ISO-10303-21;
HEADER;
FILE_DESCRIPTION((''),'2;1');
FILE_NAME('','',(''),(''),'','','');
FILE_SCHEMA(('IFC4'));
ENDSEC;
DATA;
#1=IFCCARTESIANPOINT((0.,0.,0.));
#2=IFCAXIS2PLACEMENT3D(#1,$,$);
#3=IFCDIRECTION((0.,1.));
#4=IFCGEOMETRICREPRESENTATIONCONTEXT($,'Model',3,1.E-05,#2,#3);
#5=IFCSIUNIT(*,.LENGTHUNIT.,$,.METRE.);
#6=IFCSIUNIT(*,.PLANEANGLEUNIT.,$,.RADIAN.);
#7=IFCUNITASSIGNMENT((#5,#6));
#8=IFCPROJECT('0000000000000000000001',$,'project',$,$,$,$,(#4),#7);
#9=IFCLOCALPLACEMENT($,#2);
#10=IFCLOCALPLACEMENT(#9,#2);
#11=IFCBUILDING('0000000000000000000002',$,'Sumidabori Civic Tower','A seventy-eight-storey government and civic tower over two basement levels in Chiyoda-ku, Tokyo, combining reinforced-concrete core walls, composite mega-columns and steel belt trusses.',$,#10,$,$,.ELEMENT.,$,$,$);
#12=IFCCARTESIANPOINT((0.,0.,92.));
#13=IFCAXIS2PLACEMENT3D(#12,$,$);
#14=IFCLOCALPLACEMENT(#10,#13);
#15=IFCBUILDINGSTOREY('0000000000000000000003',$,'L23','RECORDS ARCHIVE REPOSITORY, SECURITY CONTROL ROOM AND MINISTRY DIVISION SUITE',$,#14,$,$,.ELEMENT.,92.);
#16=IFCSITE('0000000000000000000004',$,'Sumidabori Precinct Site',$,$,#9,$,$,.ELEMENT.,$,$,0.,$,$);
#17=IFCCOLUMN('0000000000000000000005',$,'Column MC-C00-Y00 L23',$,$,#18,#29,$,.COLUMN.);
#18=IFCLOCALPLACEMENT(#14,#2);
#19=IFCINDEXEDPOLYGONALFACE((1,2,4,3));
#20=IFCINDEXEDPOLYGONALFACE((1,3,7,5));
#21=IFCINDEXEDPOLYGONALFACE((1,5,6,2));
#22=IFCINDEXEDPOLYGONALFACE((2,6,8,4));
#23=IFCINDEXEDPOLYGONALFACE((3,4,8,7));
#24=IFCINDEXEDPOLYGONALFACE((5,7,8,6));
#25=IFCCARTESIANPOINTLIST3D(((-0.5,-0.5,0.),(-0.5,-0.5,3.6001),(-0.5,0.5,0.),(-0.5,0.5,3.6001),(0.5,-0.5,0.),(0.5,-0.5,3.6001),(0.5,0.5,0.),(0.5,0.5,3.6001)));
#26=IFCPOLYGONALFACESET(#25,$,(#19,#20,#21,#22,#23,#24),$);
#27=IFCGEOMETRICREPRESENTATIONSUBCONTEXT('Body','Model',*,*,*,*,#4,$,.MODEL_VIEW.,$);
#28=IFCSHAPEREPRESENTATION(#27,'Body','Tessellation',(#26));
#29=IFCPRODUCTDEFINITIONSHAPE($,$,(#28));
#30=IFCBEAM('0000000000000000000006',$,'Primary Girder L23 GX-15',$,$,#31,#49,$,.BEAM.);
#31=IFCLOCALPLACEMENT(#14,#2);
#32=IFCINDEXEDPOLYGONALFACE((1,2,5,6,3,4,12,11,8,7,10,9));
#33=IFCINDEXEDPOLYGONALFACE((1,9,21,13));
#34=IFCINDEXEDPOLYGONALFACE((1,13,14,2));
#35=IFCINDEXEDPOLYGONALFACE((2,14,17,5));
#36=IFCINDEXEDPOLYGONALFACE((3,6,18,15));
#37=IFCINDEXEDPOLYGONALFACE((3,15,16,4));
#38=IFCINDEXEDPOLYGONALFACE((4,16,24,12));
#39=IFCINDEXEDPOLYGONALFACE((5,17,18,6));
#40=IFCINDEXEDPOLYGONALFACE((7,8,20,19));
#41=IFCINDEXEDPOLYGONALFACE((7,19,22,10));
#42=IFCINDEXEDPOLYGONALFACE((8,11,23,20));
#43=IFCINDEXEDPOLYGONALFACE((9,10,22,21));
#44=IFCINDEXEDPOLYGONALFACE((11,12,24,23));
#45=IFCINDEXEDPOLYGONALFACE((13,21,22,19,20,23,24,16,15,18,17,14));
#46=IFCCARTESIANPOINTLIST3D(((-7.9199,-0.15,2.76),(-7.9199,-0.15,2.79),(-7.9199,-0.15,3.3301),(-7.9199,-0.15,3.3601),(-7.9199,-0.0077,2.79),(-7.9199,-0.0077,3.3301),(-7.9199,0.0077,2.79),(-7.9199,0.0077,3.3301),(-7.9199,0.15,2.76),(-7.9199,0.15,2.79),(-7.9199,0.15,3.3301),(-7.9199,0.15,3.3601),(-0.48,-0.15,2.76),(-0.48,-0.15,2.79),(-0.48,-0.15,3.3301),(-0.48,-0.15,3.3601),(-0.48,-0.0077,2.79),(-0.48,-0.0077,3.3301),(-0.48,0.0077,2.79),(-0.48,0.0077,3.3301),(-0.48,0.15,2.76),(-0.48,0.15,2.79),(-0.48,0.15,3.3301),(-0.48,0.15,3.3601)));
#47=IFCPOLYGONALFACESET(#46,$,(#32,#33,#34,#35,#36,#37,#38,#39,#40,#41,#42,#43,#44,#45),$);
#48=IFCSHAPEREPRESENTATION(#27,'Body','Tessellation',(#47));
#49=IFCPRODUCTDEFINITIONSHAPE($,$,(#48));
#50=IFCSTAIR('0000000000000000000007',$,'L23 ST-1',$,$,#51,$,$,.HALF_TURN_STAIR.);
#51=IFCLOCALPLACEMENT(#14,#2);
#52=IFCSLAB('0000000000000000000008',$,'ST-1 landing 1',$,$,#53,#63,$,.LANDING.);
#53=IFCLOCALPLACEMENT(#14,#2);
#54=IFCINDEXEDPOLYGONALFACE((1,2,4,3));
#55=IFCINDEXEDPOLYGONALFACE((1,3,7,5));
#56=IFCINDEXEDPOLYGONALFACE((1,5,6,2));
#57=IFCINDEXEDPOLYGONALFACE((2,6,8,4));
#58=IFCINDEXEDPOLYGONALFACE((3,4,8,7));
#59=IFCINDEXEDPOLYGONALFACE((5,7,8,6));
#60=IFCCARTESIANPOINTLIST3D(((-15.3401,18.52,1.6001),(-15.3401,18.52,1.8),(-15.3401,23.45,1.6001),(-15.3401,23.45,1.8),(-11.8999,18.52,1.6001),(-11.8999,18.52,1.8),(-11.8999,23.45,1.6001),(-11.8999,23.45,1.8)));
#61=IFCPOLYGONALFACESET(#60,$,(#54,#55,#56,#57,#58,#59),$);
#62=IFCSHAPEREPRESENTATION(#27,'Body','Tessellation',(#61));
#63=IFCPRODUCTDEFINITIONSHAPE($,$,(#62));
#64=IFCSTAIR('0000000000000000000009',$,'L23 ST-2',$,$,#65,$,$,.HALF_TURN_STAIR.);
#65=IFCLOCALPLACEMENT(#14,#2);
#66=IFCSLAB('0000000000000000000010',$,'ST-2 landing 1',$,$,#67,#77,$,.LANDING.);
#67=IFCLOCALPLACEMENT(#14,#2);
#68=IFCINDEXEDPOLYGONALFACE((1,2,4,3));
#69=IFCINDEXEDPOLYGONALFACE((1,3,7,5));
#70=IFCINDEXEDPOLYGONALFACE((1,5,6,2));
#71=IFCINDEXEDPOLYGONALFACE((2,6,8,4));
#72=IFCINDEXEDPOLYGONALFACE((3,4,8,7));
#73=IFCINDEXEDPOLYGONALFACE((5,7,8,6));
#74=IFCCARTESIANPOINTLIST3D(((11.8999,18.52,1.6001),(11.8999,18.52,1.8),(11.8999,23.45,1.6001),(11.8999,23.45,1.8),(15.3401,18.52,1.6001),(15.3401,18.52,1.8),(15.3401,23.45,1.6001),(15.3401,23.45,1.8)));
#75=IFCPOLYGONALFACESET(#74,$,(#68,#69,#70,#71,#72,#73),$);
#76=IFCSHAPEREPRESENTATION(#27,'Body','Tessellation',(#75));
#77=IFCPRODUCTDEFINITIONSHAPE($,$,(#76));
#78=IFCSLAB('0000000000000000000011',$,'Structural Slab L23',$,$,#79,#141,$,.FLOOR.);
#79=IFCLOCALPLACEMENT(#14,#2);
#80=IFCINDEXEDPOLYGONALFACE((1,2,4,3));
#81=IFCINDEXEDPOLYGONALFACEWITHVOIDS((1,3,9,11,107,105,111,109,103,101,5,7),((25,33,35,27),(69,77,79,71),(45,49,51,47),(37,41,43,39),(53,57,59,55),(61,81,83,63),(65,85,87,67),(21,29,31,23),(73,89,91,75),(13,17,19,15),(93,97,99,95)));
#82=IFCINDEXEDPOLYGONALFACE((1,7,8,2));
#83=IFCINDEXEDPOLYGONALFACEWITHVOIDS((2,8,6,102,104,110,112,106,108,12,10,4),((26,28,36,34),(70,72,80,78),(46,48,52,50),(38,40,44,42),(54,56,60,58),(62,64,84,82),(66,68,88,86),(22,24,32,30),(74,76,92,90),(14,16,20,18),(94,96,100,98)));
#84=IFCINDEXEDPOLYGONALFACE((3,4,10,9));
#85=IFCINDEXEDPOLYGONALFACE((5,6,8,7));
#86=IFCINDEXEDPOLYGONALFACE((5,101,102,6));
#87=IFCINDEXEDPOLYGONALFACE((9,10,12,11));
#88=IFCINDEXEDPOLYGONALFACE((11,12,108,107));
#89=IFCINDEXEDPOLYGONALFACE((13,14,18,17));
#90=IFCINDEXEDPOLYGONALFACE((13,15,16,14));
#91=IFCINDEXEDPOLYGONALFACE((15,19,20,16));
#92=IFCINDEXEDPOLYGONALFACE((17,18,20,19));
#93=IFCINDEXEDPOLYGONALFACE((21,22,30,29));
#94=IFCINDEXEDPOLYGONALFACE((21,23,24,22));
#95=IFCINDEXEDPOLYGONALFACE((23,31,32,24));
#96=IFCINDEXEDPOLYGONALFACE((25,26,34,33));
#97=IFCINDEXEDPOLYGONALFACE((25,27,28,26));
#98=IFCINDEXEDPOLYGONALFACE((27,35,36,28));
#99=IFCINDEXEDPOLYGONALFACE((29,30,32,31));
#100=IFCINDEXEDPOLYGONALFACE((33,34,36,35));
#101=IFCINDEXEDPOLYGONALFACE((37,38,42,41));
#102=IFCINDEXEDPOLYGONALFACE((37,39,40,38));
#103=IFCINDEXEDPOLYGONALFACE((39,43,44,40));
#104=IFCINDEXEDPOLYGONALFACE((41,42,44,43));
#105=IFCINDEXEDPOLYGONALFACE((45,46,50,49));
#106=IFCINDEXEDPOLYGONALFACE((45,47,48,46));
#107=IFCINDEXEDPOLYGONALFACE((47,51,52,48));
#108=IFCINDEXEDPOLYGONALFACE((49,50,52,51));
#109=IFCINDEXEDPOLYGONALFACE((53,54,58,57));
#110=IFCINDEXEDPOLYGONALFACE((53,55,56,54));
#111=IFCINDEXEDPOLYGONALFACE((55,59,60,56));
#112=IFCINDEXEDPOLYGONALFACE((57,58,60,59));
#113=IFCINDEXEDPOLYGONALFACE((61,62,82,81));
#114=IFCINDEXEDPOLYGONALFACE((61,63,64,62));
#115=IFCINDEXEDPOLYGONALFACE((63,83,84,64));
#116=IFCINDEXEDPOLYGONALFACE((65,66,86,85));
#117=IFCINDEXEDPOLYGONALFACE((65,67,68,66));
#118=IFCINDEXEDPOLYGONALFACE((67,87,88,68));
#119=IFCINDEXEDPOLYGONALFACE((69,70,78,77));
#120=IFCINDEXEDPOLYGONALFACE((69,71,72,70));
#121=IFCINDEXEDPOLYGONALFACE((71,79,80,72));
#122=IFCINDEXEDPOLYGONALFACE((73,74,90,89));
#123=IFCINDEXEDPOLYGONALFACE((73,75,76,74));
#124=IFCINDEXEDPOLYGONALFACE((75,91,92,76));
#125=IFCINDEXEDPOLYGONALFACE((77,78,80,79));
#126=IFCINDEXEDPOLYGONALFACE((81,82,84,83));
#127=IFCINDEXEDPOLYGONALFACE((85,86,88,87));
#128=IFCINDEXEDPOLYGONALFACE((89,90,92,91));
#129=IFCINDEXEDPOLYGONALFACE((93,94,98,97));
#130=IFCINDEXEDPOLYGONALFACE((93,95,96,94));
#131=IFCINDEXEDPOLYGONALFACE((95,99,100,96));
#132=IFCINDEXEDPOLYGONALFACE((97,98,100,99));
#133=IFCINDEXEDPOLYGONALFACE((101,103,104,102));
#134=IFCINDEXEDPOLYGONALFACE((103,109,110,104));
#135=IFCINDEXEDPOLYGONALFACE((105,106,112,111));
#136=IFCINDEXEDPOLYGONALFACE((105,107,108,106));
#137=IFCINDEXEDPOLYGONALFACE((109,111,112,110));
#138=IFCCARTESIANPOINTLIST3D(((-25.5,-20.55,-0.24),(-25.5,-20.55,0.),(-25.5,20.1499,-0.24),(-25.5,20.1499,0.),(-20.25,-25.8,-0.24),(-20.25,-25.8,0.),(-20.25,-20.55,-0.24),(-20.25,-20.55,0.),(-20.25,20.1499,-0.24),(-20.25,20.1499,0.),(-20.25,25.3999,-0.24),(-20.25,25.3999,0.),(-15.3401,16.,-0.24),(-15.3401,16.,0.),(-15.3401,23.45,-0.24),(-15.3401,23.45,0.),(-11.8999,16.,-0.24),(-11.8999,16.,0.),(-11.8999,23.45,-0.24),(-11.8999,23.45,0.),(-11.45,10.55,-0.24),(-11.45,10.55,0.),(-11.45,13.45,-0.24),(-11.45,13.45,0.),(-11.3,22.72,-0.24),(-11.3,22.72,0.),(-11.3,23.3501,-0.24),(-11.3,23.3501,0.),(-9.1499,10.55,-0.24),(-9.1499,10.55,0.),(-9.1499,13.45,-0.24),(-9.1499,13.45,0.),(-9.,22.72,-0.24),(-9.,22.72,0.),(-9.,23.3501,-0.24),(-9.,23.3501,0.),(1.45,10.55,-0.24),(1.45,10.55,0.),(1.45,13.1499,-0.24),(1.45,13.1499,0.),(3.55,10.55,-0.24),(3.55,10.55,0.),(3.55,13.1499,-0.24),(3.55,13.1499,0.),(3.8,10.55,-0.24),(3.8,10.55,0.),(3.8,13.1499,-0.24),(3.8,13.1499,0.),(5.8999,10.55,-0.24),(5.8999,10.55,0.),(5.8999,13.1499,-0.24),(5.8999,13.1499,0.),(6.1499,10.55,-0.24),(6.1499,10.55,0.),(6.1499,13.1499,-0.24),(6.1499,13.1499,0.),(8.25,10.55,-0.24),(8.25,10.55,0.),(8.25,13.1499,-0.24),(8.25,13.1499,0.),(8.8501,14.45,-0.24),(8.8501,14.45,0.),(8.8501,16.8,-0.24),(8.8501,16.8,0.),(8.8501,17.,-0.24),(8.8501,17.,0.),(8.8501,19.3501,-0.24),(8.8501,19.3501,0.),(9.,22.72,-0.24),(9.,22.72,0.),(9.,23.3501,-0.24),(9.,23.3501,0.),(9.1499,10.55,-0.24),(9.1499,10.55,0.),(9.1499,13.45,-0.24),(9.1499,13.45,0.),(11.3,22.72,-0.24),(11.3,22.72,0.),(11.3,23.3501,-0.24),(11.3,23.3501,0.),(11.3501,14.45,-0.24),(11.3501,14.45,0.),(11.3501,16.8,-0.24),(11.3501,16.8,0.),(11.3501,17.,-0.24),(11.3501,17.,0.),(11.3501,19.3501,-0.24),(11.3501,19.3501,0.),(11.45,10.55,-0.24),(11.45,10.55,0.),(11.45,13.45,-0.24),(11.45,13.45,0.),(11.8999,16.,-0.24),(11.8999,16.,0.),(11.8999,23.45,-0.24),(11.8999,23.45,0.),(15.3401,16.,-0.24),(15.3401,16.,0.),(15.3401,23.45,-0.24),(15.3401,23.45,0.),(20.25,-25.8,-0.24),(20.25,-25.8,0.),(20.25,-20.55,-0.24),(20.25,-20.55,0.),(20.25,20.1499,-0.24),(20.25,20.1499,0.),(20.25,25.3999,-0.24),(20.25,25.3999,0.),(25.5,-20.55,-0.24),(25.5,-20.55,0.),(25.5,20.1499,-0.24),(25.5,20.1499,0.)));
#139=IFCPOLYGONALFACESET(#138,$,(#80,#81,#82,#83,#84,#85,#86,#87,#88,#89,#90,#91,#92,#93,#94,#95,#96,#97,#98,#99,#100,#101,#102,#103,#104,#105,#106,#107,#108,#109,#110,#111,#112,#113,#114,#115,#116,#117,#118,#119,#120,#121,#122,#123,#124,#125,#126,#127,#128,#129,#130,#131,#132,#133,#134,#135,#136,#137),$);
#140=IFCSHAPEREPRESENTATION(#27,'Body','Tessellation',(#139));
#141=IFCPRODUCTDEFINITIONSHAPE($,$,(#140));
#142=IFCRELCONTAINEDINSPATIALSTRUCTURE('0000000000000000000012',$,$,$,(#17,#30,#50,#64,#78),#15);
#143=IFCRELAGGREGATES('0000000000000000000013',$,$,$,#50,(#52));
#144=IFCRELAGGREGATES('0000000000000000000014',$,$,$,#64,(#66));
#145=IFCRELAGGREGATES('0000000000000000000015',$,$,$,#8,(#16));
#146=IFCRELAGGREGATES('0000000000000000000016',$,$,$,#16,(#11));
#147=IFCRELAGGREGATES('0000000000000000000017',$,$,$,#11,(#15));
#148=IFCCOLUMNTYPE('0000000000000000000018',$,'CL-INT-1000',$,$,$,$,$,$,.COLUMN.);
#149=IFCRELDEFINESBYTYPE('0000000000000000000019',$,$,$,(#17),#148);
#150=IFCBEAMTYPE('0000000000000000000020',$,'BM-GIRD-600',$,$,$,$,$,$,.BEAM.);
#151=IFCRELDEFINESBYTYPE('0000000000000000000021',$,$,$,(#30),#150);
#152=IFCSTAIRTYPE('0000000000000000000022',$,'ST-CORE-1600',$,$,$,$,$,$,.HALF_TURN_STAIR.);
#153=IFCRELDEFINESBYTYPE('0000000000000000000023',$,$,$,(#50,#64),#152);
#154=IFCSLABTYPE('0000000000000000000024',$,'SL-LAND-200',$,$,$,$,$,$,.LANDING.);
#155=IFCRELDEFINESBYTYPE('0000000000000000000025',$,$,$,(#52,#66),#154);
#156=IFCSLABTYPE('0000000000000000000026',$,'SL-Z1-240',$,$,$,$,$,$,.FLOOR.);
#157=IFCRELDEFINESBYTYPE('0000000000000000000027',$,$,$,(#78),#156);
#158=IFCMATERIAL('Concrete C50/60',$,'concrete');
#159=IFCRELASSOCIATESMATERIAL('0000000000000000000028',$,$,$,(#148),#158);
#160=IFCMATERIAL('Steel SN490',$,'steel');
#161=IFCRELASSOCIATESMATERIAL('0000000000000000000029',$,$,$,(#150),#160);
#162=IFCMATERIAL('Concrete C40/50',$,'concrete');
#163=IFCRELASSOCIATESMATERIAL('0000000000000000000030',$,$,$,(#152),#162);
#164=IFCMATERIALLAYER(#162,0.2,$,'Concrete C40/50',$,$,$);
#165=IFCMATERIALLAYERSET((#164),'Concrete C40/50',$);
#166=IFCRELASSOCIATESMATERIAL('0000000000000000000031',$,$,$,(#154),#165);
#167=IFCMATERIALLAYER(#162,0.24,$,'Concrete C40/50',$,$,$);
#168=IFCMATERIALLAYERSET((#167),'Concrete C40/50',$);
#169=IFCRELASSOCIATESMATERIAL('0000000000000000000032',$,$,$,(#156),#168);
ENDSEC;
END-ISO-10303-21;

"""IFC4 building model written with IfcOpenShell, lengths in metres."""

from ifc_helpers import new_model, si_unit, direction, frame, origin, origin_with_axes, origin_2d, place, context, subcontext, project, spatial, polyline, rectangle, i_section, outline, extrude, source, transform, mapped, material, layer, layer_set, material_profile, profile_set, type_object, element, aggregate, save


model = new_model("IFC4")

# Units and contexts
model_context = context("Model", 3, precision=1e-05, world=origin(), true_north=direction((0.0, 1.0)))
body_context = subcontext(model_context, "Body", "Model", "MODEL_VIEW")
ifc_project = project(units=[si_unit("LENGTHUNIT", "METRE"), si_unit("PLANEANGLEUNIT", "RADIAN")], contexts=[model_context])

# Site, building, storey
site_placement = place(None, origin())
site = spatial("IfcSite", under=ifc_project, at=site_placement, Name="Sumidabori Precinct Site", CompositionType="ELEMENT", RefElevation=0.0)
building_placement = place(site_placement, origin())
building = spatial("IfcBuilding", under=site, at=building_placement, Name="Sumidabori Civic Tower", Description="A seventy-eight-storey government and civic tower over two basement levels in Chiyoda-ku, Tokyo, combining reinforced-concrete core walls, composite mega-columns and steel belt trusses.", CompositionType="ELEMENT")
storey_placement = place(building_placement, frame((0.0, 0.0, 92.0)))
storey = spatial("IfcBuildingStorey", under=building, at=storey_placement, Name="L23", Description="RECORDS ARCHIVE REPOSITORY, SECURITY CONTROL ROOM AND MINISTRY DIVISION SUITE", CompositionType="ELEMENT", Elevation=92.0)

# Column
ifc_material_1 = material(Name="Concrete C50/60", Category="concrete")
ifc_material_profile_1 = material_profile(ifc_material_1, rectangle(XDim=1.0, YDim=1.0, at=origin_2d()), Name="RC 1000x1000")
ifc_profile_set_1 = profile_set([ifc_material_profile_1], Name="Concrete C50/60")
column_type = type_object("IfcColumnType", Name="CL-INT-1000", PredefinedType="COLUMN", material=ifc_profile_set_1)
shared_shape_1 = source(origin(), body_context, "Body", "SweptSolid", [
    extrude(rectangle(XDim=1.0, YDim=1.0, at=origin_2d()), origin(), (0.0, 0.0, 1.0), 3.6001),
])
column_placement = place(storey_placement, origin_with_axes())
element("IfcColumn", 1, at=column_placement, inside=storey, type_object=column_type, Name="Column MC-C00-Y00 L23", PredefinedType="COLUMN", context=body_context, shape_type="MappedRepresentation", body=[
    mapped(shared_shape_1, transform((0.0, 0.0, 0.0), x_axis=(1.0, 0.0, 0.0), y_axis=(0.0, 1.0, 0.0), z_axis=(0.0, 0.0, 1.0), scale=1.0)),
])

# Beam
ifc_material_2 = material(Name="Steel SN490", Category="steel")
ifc_material_profile_2 = material_profile(ifc_material_2, i_section(OverallWidth=0.3, OverallDepth=0.6001, WebThickness=0.0154, FlangeThickness=0.03, at=origin_2d()), Name="HE 600 B")
ifc_profile_set_2 = profile_set([ifc_material_profile_2], Name="Steel SN490")
beam_type = type_object("IfcBeamType", Name="BM-GIRD-600", PredefinedType="BEAM", material=ifc_profile_set_2)
shared_shape_2 = source(origin(), body_context, "Body", "SweptSolid", [
    extrude(i_section(OverallWidth=0.3, OverallDepth=0.6001, WebThickness=0.0154, FlangeThickness=0.03, at=origin_2d()), origin(), (0.0, 0.0, 1.0), 7.4399),
])
beam_placement = place(storey_placement, frame((-7.9199, 0.0, 3.0601), z_axis=(1.0, 0.0, 0.0), x_axis=(0.0, 1.0, 0.0)))
element("IfcBeam", 2, at=beam_placement, inside=storey, type_object=beam_type, Name="Primary Girder L23 GX-15", PredefinedType="BEAM", context=body_context, shape_type="MappedRepresentation", body=[
    mapped(shared_shape_2, transform((0.0, 0.0, 0.0), x_axis=(1.0, 0.0, 0.0), y_axis=(0.0, 1.0, 0.0), z_axis=(0.0, 0.0, 1.0), scale=1.0)),
])

# Stairs, slabs
ifc_material_3 = material(Name="Concrete C40/50", Category="concrete")
stair_type = type_object("IfcStairType", Name="ST-CORE-1600", PredefinedType="HALF_TURN_STAIR", material=ifc_material_3)
stair_1_placement = place(storey_placement, origin())
stair_1 = element("IfcStair", 3, at=stair_1_placement, inside=storey, type_object=stair_type, Name="L23 ST-1", PredefinedType="HALF_TURN_STAIR")
ifc_layer_1 = layer(ifc_material_3, 0.2, Name="Concrete C40/50")
ifc_layer_set_1 = layer_set([ifc_layer_1], Name="Concrete C40/50")
slab_type_1 = type_object("IfcSlabType", Name="SL-LAND-200", PredefinedType="LANDING", material=ifc_layer_set_1)
slab_1_placement = place(storey_placement, frame((0.0, 0.0, 1.6001)))
slab_1 = element("IfcSlab", 4, at=slab_1_placement, type_object=slab_type_1, Name="ST-1 landing 1", PredefinedType="LANDING", context=body_context, shape_type="SweptSolid", body=[
    extrude(outline(polyline([(-11.8999, 18.52), (-11.8999, 23.45), (-15.3401, 23.45), (-15.3401, 18.52), (-11.8999, 18.52)])), origin(), (0.0, 0.0, 1.0), 0.2),
])
aggregate(stair_1, [slab_1])
stair_2_placement = place(storey_placement, origin())
stair_2 = element("IfcStair", 5, at=stair_2_placement, inside=storey, type_object=stair_type, Name="L23 ST-2", PredefinedType="HALF_TURN_STAIR")
slab_2_placement = place(storey_placement, frame((0.0, 0.0, 1.6001)))
slab_2 = element("IfcSlab", 6, at=slab_2_placement, type_object=slab_type_1, Name="ST-2 landing 1", PredefinedType="LANDING", context=body_context, shape_type="SweptSolid", body=[
    extrude(outline(polyline([(15.3401, 18.52), (15.3401, 23.45), (11.8999, 23.45), (11.8999, 18.52), (15.3401, 18.52)])), origin(), (0.0, 0.0, 1.0), 0.2),
])
aggregate(stair_2, [slab_2])

# Slab
ifc_layer_2 = layer(ifc_material_3, 0.24, Name="Concrete C40/50")
ifc_layer_set_2 = layer_set([ifc_layer_2], Name="Concrete C40/50")
slab_type_2 = type_object("IfcSlabType", Name="SL-Z1-240", PredefinedType="FLOOR", material=ifc_layer_set_2)
slab_3_placement = place(storey_placement, frame((0.0, 0.0, -0.24)))
element("IfcSlab", 7, at=slab_3_placement, inside=storey, type_object=slab_type_2, Name="Structural Slab L23", PredefinedType="FLOOR", context=body_context, shape_type="SweptSolid", body=[
    extrude(outline(polyline([(-20.25, -25.8), (20.25, -25.8), (20.25, -20.55), (25.5, -20.55), (25.5, 20.1499), (20.25, 20.1499), (20.25, 25.3999), (-20.25, 25.3999), (-20.25, 20.1499), (-25.5, 20.1499), (-25.5, -20.55), (-20.25, -20.55), (-20.25, -25.8)]), holes=[polyline([(-11.8999, 16.0), (-11.8999, 23.45), (-15.3401, 23.45), (-15.3401, 16.0), (-11.8999, 16.0)]), polyline([(15.3401, 16.0), (15.3401, 23.45), (11.8999, 23.45), (11.8999, 16.0), (15.3401, 16.0)]), polyline([(-11.45, 10.55), (-9.1499, 10.55), (-9.1499, 13.45), (-11.45, 13.45), (-11.45, 10.55)]), polyline([(9.1499, 10.55), (11.45, 10.55), (11.45, 13.45), (9.1499, 13.45), (9.1499, 10.55)]), polyline([(1.45, 10.55), (3.55, 10.55), (3.55, 13.1499), (1.45, 13.1499), (1.45, 10.55)]), polyline([(3.8, 10.55), (5.8999, 10.55), (5.8999, 13.1499), (3.8, 13.1499), (3.8, 10.55)]), polyline([(6.1499, 10.55), (8.25, 10.55), (8.25, 13.1499), (6.1499, 13.1499), (6.1499, 10.55)]), polyline([(8.8501, 14.45), (11.3501, 14.45), (11.3501, 16.8), (8.8501, 16.8), (8.8501, 14.45)]), polyline([(8.8501, 17.0), (11.3501, 17.0), (11.3501, 19.3501), (8.8501, 19.3501), (8.8501, 17.0)]), polyline([(-11.3, 22.72), (-9.0, 22.72), (-9.0, 23.3501), (-11.3, 23.3501), (-11.3, 22.72)]), polyline([(9.0, 22.72), (11.3, 22.72), (11.3, 23.3501), (9.0, 23.3501), (9.0, 22.72)])]), origin(), (0.0, 0.0, 1.0), 0.24),
])

save(model, "model.ifc")
